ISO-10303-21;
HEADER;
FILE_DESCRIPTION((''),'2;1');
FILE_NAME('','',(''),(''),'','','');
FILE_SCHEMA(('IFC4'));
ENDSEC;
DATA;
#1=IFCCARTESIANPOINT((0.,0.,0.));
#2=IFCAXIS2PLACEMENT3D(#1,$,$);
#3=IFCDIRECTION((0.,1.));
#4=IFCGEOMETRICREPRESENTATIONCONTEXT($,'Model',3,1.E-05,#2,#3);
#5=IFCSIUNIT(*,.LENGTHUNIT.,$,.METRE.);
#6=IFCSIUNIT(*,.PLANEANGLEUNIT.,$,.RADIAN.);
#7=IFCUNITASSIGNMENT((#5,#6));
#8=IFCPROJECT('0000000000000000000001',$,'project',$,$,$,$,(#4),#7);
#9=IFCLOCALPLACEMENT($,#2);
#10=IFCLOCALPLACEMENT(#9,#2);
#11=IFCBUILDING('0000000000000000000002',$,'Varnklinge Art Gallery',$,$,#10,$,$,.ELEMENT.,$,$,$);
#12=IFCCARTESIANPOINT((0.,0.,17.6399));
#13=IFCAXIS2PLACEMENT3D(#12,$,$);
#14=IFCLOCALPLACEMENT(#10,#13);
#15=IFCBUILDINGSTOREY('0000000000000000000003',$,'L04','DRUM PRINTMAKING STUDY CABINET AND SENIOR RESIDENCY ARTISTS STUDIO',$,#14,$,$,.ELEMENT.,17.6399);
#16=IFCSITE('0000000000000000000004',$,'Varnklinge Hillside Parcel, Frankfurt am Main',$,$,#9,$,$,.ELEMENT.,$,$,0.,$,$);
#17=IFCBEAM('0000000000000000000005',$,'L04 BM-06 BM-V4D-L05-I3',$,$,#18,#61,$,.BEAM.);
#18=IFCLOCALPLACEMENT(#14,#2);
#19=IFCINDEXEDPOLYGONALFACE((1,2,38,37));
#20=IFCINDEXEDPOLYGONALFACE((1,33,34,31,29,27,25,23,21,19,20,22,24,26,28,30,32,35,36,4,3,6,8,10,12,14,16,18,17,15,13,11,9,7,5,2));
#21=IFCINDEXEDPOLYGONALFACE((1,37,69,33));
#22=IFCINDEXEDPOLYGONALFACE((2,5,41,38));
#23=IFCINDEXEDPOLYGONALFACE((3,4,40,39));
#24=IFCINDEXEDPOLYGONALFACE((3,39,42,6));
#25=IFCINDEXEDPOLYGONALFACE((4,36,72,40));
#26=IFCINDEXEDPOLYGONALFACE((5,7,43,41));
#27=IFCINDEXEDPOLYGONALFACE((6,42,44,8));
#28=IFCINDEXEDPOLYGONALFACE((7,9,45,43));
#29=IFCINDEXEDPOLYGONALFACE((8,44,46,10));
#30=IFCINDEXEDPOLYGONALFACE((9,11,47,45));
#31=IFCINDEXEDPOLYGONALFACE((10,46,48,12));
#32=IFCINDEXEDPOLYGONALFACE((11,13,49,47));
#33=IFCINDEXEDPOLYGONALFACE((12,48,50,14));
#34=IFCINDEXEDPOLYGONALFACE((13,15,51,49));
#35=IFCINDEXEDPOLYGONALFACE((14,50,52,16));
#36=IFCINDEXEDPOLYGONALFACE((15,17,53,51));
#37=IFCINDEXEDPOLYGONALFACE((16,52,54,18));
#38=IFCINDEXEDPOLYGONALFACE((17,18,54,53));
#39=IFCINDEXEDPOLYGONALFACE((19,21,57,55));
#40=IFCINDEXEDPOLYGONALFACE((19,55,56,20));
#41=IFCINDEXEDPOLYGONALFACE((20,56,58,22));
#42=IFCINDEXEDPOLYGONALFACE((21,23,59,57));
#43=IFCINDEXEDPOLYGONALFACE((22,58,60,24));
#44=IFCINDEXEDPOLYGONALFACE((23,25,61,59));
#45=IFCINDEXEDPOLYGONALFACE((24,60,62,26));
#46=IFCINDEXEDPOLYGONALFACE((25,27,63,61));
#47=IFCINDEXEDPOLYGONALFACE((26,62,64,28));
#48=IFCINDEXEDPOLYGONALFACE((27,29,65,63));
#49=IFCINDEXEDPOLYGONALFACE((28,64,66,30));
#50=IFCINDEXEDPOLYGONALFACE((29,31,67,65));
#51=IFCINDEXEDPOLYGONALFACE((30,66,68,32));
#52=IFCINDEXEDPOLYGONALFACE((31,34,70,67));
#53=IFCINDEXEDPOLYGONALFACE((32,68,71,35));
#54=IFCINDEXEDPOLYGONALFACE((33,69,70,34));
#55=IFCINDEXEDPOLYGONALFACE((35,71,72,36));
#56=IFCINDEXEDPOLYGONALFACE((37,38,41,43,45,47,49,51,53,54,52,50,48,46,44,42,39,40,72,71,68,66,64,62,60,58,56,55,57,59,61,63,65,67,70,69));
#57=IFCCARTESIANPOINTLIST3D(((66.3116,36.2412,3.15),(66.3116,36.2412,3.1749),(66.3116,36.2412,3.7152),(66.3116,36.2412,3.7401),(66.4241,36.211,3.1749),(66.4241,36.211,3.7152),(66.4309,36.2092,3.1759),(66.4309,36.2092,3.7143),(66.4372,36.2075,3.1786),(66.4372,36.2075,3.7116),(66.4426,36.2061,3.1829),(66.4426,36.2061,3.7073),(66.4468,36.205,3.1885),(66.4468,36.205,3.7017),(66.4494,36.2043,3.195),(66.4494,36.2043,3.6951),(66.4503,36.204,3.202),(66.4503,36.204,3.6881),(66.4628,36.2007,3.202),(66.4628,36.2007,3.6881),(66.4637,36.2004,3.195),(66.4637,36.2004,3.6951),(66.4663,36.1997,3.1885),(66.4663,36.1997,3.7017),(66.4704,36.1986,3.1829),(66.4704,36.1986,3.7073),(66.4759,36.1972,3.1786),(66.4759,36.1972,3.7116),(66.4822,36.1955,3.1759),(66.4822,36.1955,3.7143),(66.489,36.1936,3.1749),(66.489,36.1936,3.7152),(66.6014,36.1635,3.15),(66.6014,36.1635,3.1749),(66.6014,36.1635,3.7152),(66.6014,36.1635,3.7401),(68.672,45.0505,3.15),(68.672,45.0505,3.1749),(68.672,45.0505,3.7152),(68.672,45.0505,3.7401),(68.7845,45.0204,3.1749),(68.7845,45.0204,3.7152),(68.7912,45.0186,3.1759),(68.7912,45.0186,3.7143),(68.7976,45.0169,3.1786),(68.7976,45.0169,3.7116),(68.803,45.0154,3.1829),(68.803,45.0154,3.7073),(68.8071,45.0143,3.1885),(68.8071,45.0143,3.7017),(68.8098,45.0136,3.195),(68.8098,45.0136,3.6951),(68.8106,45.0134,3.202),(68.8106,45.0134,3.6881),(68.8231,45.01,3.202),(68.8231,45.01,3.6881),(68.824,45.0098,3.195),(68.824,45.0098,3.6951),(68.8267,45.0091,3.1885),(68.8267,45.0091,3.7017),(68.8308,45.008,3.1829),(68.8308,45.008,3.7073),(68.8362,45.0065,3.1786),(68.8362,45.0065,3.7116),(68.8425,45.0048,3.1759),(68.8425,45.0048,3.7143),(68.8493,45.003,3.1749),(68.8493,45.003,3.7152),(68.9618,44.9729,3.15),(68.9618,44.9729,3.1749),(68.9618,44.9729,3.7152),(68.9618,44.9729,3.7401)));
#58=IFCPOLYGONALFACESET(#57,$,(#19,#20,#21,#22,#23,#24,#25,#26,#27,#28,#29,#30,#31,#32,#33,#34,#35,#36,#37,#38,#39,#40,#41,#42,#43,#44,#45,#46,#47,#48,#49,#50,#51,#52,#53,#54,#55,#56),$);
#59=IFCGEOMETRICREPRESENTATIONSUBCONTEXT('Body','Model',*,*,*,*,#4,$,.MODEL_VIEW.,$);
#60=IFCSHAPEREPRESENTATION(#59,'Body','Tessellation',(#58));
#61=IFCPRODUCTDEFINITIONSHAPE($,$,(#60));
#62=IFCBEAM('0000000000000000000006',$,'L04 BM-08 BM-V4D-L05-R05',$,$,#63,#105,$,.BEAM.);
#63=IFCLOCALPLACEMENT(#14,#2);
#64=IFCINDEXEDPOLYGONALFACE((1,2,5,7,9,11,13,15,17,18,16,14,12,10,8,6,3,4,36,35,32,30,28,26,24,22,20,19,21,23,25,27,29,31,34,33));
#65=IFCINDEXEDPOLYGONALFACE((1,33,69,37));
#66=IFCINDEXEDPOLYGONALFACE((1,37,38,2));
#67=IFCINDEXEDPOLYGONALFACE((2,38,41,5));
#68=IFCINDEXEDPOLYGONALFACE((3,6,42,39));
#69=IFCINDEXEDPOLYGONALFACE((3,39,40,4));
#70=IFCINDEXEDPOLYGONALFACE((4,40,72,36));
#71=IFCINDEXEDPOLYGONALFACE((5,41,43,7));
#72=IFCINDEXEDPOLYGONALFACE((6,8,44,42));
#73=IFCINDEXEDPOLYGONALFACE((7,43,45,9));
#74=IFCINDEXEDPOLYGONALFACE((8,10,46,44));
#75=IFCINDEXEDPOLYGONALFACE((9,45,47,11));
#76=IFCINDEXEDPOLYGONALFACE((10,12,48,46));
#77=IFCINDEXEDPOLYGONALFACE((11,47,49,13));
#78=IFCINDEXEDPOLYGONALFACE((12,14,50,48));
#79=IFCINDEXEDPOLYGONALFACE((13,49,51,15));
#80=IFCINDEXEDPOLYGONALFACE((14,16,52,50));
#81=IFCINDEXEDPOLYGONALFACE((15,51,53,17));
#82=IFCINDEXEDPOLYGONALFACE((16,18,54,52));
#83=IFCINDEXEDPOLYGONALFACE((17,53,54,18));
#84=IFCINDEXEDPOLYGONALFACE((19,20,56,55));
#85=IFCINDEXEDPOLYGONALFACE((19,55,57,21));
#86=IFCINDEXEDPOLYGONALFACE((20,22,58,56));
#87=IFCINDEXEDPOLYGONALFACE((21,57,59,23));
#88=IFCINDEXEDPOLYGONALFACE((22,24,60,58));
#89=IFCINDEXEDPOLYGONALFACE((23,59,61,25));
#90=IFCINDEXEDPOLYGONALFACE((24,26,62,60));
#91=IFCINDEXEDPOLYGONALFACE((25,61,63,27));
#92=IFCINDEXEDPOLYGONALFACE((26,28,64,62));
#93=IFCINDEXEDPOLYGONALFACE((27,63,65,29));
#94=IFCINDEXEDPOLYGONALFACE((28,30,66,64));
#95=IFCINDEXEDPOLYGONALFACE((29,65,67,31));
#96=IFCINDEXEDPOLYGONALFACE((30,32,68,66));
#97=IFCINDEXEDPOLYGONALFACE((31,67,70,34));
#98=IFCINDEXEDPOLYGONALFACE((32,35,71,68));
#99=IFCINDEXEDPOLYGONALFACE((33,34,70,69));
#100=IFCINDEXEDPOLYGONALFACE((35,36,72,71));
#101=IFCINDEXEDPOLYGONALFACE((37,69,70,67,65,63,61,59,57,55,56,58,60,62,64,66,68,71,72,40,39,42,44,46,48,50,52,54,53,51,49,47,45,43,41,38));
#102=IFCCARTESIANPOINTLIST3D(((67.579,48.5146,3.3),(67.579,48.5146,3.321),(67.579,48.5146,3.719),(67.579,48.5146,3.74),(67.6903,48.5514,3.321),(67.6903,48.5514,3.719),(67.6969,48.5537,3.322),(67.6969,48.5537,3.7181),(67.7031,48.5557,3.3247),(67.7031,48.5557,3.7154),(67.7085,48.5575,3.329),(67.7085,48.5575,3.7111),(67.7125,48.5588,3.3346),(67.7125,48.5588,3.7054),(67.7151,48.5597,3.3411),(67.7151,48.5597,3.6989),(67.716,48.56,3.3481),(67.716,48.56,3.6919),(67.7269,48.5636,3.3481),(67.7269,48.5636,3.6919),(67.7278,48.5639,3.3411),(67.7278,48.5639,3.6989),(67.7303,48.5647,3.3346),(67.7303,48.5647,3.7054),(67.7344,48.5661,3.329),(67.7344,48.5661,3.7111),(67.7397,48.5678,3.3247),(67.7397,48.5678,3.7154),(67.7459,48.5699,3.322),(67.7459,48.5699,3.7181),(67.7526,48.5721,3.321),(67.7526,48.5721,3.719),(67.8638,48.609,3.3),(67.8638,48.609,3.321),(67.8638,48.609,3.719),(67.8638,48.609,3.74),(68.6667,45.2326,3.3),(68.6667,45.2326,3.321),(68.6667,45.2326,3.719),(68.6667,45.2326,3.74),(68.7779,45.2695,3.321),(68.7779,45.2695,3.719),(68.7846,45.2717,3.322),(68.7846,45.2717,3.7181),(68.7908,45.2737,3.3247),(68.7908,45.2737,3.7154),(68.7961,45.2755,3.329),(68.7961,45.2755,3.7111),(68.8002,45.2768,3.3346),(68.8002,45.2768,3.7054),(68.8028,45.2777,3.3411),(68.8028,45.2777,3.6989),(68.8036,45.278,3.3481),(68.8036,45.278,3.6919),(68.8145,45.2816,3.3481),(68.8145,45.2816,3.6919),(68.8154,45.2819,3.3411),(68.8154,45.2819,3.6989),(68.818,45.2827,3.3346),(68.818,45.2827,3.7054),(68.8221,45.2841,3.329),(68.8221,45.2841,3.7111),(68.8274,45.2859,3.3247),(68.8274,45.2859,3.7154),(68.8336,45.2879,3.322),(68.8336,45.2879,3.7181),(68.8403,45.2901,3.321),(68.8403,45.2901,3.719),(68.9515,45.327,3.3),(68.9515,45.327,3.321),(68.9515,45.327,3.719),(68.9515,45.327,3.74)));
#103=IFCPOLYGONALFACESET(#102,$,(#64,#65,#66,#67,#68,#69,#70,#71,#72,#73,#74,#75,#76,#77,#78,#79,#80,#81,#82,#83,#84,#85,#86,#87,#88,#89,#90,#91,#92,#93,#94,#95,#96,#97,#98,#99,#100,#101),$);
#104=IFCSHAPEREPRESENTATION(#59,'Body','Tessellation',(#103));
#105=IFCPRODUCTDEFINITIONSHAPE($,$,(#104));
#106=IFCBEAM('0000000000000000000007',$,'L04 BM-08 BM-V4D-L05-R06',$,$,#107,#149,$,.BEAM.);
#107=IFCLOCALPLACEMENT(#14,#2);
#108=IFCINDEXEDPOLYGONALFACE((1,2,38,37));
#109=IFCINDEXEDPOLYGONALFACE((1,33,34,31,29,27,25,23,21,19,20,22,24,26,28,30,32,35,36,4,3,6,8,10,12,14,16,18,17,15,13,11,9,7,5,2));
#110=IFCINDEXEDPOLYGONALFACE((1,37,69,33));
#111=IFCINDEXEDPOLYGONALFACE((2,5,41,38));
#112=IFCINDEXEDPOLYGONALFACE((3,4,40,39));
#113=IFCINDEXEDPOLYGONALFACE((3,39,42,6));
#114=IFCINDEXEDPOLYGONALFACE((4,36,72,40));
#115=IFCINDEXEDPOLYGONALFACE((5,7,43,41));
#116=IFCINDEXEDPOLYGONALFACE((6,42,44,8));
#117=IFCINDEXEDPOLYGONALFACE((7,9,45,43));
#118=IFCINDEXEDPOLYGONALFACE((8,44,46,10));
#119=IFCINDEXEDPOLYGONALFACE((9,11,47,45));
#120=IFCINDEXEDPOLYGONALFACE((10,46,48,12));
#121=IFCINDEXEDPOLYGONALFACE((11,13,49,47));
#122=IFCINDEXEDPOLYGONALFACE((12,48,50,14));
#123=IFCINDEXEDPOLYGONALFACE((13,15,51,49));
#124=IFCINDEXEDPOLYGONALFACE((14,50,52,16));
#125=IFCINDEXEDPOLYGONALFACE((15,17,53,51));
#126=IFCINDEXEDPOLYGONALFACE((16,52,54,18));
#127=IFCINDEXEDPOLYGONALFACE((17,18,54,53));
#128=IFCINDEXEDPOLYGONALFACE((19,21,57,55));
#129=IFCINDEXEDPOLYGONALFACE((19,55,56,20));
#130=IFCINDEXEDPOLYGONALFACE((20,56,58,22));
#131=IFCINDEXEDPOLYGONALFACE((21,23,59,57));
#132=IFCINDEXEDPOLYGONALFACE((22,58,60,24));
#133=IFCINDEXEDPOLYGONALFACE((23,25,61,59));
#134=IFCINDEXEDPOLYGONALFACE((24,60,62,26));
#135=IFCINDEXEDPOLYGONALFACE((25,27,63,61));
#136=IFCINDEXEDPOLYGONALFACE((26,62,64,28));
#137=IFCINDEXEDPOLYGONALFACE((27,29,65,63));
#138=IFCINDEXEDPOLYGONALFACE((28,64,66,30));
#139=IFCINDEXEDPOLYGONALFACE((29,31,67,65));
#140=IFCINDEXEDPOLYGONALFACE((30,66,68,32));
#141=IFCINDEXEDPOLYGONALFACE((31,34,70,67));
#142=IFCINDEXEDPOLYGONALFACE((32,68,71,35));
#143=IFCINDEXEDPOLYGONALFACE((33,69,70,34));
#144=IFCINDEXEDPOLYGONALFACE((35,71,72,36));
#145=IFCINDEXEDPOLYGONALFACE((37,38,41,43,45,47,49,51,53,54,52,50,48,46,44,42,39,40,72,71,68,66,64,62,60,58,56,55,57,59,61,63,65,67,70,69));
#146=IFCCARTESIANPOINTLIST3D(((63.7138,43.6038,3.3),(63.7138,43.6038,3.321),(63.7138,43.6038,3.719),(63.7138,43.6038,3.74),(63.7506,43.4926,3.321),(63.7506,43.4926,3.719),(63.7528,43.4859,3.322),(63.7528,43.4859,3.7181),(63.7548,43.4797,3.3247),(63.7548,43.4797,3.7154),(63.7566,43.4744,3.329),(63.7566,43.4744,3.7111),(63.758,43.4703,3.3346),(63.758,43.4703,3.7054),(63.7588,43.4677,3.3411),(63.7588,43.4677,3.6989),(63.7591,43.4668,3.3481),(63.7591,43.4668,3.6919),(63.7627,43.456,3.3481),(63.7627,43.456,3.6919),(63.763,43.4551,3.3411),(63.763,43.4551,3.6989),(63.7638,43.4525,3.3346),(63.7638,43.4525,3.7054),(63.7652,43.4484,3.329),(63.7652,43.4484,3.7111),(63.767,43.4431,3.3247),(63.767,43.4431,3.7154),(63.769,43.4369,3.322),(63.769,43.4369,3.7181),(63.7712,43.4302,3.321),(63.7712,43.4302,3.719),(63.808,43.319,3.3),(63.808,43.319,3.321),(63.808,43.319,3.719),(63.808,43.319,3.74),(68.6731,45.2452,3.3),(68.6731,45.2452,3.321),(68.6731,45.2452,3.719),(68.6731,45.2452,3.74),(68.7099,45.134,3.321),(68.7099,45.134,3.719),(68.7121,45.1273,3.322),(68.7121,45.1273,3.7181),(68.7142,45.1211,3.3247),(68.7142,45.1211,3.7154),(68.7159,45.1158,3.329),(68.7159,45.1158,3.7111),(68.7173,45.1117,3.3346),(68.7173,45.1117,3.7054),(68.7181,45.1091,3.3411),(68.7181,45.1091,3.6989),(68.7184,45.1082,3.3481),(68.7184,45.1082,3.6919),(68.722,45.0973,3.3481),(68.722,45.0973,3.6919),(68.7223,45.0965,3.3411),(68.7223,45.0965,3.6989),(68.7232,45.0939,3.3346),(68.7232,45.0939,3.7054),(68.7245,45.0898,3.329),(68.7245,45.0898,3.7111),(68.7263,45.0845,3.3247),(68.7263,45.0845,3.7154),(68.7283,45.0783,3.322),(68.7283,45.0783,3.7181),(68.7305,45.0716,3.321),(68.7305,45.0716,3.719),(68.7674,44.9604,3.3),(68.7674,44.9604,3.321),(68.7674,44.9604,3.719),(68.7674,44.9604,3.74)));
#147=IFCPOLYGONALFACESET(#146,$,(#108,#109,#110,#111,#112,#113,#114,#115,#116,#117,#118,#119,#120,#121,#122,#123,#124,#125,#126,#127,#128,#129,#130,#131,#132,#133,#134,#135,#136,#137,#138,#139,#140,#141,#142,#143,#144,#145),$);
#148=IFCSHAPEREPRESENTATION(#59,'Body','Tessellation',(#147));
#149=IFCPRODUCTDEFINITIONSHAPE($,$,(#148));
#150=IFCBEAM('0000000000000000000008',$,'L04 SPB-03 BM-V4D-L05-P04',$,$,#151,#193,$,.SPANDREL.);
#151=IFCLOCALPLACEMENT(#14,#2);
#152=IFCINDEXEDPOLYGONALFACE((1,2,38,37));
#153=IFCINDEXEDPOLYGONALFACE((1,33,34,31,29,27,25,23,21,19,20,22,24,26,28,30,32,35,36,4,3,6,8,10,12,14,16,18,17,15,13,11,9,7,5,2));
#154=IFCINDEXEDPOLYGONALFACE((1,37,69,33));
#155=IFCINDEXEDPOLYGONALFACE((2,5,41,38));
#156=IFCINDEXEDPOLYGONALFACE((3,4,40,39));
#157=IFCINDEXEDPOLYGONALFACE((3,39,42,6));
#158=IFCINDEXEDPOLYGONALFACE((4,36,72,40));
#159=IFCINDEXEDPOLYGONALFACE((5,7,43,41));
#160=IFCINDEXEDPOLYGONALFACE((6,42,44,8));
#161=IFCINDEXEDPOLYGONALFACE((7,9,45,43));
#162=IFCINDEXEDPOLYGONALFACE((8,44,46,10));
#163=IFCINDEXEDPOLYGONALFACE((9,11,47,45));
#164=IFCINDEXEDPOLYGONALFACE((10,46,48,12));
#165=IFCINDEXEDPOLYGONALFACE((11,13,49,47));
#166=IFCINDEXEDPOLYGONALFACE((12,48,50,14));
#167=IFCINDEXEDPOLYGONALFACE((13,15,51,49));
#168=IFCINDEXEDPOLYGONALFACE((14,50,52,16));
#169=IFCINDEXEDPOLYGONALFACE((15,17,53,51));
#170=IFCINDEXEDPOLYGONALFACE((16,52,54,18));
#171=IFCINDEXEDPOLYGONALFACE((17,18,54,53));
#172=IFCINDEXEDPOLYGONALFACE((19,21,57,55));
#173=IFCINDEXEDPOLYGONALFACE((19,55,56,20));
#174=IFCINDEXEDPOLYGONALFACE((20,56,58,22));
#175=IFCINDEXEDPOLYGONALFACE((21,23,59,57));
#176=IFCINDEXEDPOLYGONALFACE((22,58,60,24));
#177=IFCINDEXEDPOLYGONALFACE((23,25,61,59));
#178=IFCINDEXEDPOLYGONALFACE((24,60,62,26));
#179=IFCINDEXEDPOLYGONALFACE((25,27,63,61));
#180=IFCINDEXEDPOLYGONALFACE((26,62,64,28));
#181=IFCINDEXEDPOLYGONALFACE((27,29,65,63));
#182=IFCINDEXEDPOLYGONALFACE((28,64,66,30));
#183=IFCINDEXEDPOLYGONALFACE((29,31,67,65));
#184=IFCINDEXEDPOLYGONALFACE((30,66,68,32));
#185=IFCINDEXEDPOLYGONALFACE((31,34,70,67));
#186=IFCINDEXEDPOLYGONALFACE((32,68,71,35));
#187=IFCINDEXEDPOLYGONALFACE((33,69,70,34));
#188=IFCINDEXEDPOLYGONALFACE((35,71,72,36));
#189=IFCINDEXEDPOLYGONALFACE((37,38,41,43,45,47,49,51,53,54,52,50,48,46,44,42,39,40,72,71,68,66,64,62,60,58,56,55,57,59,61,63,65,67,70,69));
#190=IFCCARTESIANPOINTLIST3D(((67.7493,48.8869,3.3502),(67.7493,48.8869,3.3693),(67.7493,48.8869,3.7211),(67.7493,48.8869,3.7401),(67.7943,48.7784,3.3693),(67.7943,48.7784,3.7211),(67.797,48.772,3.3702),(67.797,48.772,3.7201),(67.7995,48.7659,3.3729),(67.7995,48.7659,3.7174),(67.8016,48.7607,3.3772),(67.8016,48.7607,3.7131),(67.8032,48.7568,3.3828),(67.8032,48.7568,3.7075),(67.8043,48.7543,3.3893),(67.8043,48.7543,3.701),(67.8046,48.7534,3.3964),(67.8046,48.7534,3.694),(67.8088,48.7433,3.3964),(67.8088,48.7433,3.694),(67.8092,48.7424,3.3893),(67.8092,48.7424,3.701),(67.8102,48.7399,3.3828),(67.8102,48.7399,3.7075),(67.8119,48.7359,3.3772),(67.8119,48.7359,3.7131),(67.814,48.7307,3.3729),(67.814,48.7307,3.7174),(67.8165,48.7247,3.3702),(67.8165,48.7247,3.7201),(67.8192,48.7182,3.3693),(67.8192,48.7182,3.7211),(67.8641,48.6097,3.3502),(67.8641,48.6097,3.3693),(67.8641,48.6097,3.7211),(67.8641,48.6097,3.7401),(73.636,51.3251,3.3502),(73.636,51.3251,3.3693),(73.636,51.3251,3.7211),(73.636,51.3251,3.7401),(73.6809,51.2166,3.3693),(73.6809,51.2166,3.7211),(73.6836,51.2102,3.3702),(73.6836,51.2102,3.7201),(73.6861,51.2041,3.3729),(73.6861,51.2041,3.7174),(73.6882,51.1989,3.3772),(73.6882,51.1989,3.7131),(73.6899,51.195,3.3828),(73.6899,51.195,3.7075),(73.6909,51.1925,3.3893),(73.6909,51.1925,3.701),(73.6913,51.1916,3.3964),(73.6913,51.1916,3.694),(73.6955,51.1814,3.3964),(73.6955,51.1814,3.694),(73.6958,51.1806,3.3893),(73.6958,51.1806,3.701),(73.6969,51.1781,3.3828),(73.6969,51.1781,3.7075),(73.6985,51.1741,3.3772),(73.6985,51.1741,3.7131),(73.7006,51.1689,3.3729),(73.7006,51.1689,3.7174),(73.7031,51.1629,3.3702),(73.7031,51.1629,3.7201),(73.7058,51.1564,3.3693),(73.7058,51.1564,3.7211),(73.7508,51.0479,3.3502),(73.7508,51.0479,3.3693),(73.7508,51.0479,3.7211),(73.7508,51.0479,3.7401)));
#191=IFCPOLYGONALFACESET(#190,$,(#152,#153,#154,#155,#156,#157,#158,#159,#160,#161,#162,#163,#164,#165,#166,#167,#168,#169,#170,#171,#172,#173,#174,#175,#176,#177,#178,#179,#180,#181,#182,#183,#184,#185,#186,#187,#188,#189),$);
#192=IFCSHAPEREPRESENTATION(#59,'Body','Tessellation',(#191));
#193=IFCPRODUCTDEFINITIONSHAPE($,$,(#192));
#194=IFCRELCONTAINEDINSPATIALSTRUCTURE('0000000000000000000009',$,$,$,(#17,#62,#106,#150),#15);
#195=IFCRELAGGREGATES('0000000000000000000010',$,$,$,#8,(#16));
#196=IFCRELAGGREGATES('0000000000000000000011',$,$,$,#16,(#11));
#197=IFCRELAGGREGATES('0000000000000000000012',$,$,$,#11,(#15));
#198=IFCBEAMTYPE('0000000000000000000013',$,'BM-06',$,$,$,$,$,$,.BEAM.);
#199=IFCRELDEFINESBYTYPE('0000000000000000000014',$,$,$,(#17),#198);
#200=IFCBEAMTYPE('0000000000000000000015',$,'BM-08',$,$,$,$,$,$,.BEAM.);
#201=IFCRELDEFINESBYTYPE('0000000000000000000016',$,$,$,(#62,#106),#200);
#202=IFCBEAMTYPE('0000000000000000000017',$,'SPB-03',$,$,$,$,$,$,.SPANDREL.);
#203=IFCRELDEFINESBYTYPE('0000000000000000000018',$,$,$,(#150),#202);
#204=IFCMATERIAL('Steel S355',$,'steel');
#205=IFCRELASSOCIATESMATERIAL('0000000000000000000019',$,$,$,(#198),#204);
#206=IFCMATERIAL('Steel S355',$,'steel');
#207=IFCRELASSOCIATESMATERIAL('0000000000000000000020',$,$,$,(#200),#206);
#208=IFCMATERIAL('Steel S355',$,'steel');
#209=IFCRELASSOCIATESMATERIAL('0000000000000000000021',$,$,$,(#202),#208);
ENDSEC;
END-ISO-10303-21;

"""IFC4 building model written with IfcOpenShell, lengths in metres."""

from ifc_helpers import new_model, si_unit, direction, frame, origin, origin_2d, place, context, subcontext, project, spatial, i_section, extrude, material, material_profile, profile_set, type_object, element, save


model = new_model("IFC4")

# Units and contexts
model_context = context("Model", 3, precision=1e-05, world=origin(), true_north=direction((0.0, 1.0)))
body_context = subcontext(model_context, "Body", "Model", "MODEL_VIEW")
ifc_project = project(units=[si_unit("LENGTHUNIT", "METRE"), si_unit("PLANEANGLEUNIT", "RADIAN")], contexts=[model_context])

# Site, building, storey
site_placement = place(None, origin())
site = spatial("IfcSite", under=ifc_project, at=site_placement, Name="Varnklinge Hillside Parcel, Frankfurt am Main", CompositionType="ELEMENT", RefElevation=0.0)
building_placement = place(site_placement, origin())
building = spatial("IfcBuilding", under=site, at=building_placement, Name="Varnklinge Art Gallery", CompositionType="ELEMENT")
storey_placement = place(building_placement, frame((0.0, 0.0, 17.6399)))
storey = spatial("IfcBuildingStorey", under=building, at=storey_placement, Name="L04", Description="DRUM PRINTMAKING STUDY CABINET AND SENIOR RESIDENCY ARTISTS STUDIO", CompositionType="ELEMENT", Elevation=17.6399)

# Beams
ifc_material_1 = material(Name="Steel S355", Category="steel")
ifc_material_profile_1 = material_profile(ifc_material_1, i_section(OverallWidth=0.3, OverallDepth=0.5901, WebThickness=0.0129, FlangeThickness=0.0249, FilletRadius=0.0271, at=origin_2d()), Name="HEA 600")
ifc_profile_set_1 = profile_set([ifc_material_profile_1], Name="Steel S355")
beam_type_1 = type_object("IfcBeamType", Name="BM-06", PredefinedType="BEAM", material=ifc_profile_set_1)
beam_1_placement = place(storey_placement, frame((68.8169, 45.0117, 3.4451), z_axis=(-0.258809, -0.965929, 0.0), x_axis=(0.965929, -0.258809, 0.0)))
element("IfcBeam", 1, at=beam_1_placement, inside=storey, type_object=beam_type_1, Name="L04 BM-06 BM-V4D-L05-I3", PredefinedType="BEAM", context=body_context, shape_type="SweptSolid", body=[
    extrude(i_section(OverallWidth=0.3, OverallDepth=0.5901, WebThickness=0.0129, FlangeThickness=0.0249, FilletRadius=0.0271, at=origin_2d()), origin(), (0.0, 0.0, 1.0), 9.1201),
])
ifc_material_2 = material(Name="Steel S355", Category="steel")
ifc_material_profile_2 = material_profile(ifc_material_2, i_section(OverallWidth=0.3, OverallDepth=0.4399, WebThickness=0.0115, FlangeThickness=0.021, FilletRadius=0.0271, at=origin_2d()), Name="HEA 450")
ifc_profile_set_2 = profile_set([ifc_material_profile_2], Name="Steel S355")
beam_type_2 = type_object("IfcBeamType", Name="BM-08", PredefinedType="BEAM", material=ifc_profile_set_2)
beam_2_placement = place(storey_placement, frame((68.8091, 45.2798, 3.52), z_axis=(-0.314575, 0.949233, 0.0), x_axis=(-0.949233, -0.314575, 0.0)))
element("IfcBeam", 2, at=beam_2_placement, inside=storey, type_object=beam_type_2, Name="L04 BM-08 BM-V4D-L05-R05", PredefinedType="BEAM", context=body_context, shape_type="SweptSolid", body=[
    extrude(i_section(OverallWidth=0.3, OverallDepth=0.4399, WebThickness=0.0115, FlangeThickness=0.021, FilletRadius=0.0271, at=origin_2d()), origin(), (0.0, 0.0, 1.0), 3.4575),
])
beam_3_placement = place(storey_placement, frame((68.7202, 45.1028, 3.52), z_axis=(-0.949354, -0.314208, 0.0), x_axis=(0.314208, -0.949354, 0.0)))
element("IfcBeam", 3, at=beam_3_placement, inside=storey, type_object=beam_type_2, Name="L04 BM-08 BM-V4D-L05-R06", PredefinedType="BEAM", context=body_context, shape_type="SweptSolid", body=[
    extrude(i_section(OverallWidth=0.3, OverallDepth=0.4399, WebThickness=0.0115, FlangeThickness=0.021, FilletRadius=0.0271, at=origin_2d()), origin(), (0.0, 0.0, 1.0), 5.2239),
])
ifc_material_3 = material(Name="Steel S355", Category="steel")
ifc_material_profile_3 = material_profile(ifc_material_3, i_section(OverallWidth=0.3, OverallDepth=0.3899, WebThickness=0.011, FlangeThickness=0.019, FilletRadius=0.0271, at=origin_2d()), Name="HEA 400")
ifc_profile_set_3 = profile_set([ifc_material_profile_3], Name="Steel S355")
beam_type_3 = type_object("IfcBeamType", Name="SPB-03", PredefinedType="SPANDREL", material=ifc_profile_set_3)
for number, where, z_axis, x_axis, name in (
    (4, (73.6934, 51.1865, 3.5452), (-0.923887, -0.382667, 0.0), (0.382667, -0.923887, 0.0), "L04 SPB-03 BM-V4D-L05-P04"),
):
    element("IfcBeam", number, at=place(storey_placement, frame(where, z_axis=z_axis, x_axis=x_axis)), inside=storey, type_object=beam_type_3, Name=name, PredefinedType="SPANDREL", context=body_context, shape_type="SweptSolid", body=[
        extrude(i_section(OverallWidth=0.3, OverallDepth=0.3899, WebThickness=0.011, FlangeThickness=0.019, FilletRadius=0.0271, at=origin_2d()), origin(), (0.0, 0.0, 1.0), 6.3716),
    ])

save(model, "model.ifc")
